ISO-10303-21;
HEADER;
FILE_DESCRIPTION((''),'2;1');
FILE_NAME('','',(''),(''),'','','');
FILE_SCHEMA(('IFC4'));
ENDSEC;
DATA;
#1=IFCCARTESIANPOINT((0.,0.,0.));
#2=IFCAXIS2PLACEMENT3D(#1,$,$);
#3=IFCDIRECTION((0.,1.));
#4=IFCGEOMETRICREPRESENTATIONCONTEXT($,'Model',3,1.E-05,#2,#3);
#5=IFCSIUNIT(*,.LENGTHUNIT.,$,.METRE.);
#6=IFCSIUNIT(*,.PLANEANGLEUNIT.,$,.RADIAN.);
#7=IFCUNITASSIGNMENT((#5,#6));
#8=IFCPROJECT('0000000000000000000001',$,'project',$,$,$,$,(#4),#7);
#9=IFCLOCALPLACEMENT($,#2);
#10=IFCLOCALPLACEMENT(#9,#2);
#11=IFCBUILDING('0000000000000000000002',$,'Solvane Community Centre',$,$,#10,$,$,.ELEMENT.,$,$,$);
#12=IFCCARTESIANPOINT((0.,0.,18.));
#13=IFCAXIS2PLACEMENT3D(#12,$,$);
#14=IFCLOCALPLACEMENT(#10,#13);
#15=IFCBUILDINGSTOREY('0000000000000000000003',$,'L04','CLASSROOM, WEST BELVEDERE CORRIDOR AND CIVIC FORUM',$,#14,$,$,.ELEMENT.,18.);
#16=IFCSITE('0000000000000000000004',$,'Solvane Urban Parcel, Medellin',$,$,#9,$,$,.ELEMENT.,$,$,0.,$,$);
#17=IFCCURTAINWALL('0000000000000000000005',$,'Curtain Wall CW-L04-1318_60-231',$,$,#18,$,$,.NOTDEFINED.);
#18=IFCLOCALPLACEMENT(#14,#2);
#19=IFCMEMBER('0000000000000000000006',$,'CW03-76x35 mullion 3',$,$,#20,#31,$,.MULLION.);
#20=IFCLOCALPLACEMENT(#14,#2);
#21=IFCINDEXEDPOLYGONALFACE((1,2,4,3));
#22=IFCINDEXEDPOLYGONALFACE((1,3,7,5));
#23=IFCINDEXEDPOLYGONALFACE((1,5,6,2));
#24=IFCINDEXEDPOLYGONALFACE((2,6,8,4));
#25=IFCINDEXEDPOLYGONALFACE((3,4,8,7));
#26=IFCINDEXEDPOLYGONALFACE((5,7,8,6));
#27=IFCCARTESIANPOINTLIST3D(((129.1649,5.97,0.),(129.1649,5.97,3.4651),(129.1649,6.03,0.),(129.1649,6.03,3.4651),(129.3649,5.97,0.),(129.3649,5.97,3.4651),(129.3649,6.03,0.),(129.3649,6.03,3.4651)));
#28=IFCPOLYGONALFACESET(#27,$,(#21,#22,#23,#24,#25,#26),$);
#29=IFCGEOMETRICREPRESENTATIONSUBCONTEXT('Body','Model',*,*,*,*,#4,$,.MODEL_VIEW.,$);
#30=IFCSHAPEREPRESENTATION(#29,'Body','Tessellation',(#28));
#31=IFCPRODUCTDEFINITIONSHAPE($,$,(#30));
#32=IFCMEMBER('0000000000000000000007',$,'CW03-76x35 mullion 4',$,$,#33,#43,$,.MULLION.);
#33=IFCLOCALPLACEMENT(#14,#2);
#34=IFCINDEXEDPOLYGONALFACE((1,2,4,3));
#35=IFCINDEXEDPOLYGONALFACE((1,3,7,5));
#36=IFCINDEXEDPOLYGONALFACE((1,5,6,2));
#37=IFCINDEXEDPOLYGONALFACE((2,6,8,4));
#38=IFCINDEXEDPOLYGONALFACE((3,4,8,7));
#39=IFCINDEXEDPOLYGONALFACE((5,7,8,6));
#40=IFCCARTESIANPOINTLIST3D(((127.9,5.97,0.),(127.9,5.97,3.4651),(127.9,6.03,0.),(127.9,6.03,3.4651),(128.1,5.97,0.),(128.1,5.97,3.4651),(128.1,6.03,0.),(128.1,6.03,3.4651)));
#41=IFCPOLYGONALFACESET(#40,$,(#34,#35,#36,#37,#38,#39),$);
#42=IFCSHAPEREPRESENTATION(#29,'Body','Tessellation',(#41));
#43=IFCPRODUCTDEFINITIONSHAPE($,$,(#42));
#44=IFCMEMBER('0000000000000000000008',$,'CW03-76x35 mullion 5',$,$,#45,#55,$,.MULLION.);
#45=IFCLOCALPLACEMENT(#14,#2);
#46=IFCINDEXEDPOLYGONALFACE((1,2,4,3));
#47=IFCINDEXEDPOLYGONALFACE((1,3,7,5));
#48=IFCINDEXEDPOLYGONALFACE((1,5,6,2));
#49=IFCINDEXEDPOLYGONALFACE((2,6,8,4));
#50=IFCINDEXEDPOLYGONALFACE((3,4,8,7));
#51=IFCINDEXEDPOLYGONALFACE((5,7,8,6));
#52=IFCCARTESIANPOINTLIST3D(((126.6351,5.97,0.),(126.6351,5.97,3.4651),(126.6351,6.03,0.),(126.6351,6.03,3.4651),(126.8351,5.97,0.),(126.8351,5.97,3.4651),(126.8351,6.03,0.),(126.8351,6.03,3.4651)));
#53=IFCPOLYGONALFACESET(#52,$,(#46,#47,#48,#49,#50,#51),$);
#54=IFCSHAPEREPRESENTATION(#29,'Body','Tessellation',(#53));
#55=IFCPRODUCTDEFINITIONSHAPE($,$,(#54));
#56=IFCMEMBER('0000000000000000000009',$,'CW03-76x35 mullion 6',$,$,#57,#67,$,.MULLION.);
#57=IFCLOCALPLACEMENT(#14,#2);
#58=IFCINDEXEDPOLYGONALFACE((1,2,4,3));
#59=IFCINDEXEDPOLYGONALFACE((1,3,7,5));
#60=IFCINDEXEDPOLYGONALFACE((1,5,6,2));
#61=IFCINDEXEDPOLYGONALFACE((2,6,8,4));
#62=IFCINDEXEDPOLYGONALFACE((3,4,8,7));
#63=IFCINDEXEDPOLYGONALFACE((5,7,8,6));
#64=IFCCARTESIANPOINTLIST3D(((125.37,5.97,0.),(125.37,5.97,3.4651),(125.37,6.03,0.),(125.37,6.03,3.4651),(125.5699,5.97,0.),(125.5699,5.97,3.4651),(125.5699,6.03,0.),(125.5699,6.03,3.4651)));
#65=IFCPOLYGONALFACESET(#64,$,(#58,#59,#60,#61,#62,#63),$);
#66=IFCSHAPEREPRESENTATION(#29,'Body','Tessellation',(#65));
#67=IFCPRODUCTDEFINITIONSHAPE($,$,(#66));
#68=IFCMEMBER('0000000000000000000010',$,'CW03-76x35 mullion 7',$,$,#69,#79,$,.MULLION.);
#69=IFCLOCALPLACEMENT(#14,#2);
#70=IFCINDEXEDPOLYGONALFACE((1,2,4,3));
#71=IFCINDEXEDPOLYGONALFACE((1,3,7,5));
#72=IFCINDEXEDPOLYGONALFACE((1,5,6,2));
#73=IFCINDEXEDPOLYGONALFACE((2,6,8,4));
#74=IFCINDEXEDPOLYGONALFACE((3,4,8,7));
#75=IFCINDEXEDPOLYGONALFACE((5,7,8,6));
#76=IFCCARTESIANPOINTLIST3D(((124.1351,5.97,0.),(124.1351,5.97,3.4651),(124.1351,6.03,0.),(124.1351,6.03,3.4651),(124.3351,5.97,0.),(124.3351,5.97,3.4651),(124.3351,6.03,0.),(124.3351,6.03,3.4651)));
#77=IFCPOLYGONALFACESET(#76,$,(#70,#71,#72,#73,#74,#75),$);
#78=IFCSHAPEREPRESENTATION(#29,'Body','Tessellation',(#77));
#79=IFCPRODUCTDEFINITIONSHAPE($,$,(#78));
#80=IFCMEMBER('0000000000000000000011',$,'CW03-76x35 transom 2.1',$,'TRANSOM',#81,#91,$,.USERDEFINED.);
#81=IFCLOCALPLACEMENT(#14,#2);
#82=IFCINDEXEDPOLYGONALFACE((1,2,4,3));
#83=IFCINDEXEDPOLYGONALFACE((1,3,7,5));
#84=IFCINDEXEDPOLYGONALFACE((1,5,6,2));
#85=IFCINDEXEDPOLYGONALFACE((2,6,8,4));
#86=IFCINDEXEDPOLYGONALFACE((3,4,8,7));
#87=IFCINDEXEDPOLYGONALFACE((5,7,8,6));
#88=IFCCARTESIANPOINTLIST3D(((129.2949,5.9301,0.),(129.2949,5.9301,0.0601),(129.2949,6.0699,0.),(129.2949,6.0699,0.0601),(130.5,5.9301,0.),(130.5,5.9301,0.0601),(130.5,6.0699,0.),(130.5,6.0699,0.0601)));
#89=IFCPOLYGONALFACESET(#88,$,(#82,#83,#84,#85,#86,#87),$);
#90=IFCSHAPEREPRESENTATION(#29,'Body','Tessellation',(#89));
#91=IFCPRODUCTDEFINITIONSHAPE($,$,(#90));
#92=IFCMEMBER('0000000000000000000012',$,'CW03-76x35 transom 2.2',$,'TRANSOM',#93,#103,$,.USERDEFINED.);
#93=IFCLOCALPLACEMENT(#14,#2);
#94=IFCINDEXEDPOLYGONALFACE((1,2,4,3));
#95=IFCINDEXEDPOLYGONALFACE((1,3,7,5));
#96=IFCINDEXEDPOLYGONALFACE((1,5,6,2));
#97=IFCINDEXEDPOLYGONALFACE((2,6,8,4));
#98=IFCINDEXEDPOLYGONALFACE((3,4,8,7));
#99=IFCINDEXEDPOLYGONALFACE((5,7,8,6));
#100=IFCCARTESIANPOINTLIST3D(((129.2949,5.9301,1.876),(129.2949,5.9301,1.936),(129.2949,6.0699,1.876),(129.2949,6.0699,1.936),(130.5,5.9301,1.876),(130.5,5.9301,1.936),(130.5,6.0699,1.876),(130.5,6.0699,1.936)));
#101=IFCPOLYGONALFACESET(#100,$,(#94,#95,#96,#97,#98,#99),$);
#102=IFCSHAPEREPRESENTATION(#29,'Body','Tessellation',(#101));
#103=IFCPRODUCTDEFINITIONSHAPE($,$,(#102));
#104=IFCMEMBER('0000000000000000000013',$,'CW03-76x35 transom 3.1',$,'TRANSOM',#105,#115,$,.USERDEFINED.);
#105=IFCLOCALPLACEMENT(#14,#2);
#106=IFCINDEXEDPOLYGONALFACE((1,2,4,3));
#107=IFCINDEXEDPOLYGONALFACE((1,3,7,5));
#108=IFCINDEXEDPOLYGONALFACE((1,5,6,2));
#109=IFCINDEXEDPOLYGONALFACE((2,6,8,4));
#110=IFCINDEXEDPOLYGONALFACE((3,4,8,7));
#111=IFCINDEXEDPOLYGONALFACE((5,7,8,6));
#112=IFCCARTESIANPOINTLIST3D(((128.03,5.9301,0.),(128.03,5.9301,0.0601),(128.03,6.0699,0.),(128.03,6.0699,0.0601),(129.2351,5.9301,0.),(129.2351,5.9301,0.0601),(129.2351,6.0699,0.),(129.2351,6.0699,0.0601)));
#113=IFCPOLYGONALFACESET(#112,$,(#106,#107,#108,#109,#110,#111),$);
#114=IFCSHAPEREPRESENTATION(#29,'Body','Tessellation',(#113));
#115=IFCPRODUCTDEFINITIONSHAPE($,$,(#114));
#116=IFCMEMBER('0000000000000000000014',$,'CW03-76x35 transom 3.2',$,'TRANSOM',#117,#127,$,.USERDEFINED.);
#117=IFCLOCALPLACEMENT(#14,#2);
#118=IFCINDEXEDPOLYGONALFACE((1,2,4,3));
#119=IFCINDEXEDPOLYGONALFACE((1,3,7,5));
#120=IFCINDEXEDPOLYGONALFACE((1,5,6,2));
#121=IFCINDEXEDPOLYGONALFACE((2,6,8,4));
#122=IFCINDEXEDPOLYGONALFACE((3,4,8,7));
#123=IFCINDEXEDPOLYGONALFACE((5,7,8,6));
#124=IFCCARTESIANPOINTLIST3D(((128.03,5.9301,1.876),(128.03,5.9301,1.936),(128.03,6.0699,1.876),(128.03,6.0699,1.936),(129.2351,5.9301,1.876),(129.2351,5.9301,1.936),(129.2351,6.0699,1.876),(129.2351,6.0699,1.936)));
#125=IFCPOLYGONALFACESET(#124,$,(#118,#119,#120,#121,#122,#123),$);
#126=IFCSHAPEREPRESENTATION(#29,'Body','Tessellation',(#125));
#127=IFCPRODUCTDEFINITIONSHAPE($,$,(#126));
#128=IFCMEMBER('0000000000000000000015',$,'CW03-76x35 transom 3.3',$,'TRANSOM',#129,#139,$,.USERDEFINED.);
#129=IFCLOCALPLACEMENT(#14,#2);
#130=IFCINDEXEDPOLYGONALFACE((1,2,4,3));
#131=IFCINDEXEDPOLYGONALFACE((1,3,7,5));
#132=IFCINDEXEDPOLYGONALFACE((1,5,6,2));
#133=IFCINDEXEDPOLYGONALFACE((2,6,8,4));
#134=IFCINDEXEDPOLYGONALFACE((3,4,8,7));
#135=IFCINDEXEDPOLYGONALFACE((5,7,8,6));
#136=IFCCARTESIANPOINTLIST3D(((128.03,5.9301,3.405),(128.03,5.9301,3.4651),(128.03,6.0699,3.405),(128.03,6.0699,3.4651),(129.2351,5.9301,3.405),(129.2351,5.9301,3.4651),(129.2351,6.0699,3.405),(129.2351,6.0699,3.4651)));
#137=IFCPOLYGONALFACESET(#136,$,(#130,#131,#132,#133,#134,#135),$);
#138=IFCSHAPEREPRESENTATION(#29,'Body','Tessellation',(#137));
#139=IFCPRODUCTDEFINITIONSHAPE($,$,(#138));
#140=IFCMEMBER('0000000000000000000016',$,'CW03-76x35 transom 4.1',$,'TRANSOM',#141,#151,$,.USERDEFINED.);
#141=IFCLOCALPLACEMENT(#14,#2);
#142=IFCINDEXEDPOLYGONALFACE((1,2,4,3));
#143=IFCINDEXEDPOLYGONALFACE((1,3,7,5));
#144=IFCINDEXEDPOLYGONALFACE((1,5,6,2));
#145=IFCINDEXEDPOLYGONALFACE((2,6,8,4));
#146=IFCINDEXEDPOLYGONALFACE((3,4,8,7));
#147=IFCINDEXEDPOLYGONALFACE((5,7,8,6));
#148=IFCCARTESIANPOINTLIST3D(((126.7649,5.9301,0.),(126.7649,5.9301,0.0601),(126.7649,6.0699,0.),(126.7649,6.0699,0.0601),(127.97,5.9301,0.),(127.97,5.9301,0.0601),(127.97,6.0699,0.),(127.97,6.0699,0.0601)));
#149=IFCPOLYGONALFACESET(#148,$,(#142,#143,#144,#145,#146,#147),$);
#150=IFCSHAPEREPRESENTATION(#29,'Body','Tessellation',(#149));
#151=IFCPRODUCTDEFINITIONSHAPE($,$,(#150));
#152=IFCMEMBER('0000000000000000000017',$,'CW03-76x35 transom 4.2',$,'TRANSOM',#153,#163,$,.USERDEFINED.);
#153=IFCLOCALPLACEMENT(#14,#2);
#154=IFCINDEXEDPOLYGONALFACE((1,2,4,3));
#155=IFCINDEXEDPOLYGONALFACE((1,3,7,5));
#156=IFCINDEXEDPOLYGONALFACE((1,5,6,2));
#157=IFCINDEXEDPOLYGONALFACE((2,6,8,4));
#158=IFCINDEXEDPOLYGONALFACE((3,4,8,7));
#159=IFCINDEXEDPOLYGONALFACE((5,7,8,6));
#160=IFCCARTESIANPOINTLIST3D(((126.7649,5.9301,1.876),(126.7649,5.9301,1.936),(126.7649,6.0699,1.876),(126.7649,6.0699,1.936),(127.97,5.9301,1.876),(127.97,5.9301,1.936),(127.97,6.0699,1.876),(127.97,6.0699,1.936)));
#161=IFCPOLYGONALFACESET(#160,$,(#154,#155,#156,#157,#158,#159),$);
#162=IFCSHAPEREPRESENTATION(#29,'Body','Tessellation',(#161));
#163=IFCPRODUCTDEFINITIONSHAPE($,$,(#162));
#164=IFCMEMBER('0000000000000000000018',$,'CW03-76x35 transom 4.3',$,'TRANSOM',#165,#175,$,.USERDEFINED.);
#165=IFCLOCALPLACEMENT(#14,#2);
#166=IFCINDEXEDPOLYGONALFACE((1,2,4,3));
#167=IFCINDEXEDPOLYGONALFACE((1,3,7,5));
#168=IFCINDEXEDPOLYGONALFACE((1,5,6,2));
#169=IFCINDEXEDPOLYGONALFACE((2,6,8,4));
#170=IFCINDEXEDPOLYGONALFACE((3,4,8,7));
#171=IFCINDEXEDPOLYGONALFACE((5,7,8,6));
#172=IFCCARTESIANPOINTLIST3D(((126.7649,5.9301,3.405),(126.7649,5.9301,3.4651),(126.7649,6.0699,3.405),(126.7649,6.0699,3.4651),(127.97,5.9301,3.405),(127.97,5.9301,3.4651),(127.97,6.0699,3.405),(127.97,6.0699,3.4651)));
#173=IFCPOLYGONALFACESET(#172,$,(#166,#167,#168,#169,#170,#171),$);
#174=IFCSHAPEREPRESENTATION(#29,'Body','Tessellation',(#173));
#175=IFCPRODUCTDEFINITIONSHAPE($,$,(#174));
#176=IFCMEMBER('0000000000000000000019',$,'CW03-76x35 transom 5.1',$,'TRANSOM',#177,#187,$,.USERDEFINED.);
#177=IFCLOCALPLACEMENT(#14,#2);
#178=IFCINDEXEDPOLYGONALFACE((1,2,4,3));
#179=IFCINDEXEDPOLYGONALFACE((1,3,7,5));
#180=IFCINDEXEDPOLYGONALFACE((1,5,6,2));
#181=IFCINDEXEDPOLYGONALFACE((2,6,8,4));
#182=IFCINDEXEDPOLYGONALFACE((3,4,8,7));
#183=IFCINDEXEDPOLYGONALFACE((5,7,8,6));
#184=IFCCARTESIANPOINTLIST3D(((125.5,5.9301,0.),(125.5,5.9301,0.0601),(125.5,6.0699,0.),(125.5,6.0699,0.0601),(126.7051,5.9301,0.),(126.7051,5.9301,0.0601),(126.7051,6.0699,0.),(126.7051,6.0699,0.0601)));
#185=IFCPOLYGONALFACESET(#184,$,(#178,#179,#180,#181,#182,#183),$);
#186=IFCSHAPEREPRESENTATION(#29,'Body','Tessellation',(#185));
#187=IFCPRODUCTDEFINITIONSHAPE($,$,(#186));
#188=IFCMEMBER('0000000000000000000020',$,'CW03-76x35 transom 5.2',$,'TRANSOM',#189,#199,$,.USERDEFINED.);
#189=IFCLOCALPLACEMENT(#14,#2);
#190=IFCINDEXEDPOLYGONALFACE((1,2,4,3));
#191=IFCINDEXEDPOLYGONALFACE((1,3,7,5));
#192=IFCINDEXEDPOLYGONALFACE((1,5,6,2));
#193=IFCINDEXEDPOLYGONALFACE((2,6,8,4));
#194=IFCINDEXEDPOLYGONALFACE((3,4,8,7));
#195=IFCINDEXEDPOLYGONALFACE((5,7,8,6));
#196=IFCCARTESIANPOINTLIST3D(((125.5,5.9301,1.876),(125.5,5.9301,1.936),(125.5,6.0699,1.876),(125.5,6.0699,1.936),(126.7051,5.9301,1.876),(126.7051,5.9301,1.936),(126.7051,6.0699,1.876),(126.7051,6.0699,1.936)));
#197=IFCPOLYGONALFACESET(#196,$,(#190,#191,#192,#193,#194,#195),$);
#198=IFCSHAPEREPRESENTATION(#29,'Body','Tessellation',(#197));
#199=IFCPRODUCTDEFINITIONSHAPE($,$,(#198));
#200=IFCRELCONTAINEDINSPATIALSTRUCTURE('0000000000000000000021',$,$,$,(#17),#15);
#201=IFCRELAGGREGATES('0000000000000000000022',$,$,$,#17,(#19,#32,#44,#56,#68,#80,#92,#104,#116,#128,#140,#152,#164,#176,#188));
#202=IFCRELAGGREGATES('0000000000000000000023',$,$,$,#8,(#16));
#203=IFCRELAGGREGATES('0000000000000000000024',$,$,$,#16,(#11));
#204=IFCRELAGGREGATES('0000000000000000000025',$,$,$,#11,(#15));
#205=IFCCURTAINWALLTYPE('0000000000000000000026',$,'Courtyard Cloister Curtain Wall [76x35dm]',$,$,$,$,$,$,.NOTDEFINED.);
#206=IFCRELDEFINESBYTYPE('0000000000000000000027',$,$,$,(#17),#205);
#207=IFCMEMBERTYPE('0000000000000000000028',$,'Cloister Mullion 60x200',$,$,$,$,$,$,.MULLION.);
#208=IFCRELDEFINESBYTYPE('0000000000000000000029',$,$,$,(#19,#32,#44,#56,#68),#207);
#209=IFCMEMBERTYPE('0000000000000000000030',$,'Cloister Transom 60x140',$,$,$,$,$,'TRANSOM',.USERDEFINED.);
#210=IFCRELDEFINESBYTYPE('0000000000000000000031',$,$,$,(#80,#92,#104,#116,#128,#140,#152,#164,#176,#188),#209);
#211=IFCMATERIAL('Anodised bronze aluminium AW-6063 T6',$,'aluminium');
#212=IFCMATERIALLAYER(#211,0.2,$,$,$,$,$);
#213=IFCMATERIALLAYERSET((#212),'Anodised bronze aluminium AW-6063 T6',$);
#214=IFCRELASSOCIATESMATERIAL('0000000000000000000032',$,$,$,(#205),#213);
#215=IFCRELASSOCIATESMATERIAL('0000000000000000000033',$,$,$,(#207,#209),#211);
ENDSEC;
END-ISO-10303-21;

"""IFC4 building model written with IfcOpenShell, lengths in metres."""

from ifc_helpers import new_model, si_unit, direction, frame, origin, origin_2d, place, context, subcontext, project, spatial, rectangle, extrude, material, layer, layer_set, material_profile, profile_set, type_object, element, aggregate, save


model = new_model("IFC4")

# Units and contexts
model_context = context("Model", 3, precision=1e-05, world=origin(), true_north=direction((0.0, 1.0)))
body_context = subcontext(model_context, "Body", "Model", "MODEL_VIEW")
ifc_project = project(units=[si_unit("LENGTHUNIT", "METRE"), si_unit("PLANEANGLEUNIT", "RADIAN")], contexts=[model_context])

# Site, building, storey
site_placement = place(None, origin())
site = spatial("IfcSite", under=ifc_project, at=site_placement, Name="Solvane Urban Parcel, Medellin", CompositionType="ELEMENT", RefElevation=0.0)
building_placement = place(site_placement, origin())
building = spatial("IfcBuilding", under=site, at=building_placement, Name="Solvane Community Centre", CompositionType="ELEMENT")
storey_placement = place(building_placement, frame((0.0, 0.0, 18.0)))
storey = spatial("IfcBuildingStorey", under=building, at=storey_placement, Name="L04", Description="CLASSROOM, WEST BELVEDERE CORRIDOR AND CIVIC FORUM", CompositionType="ELEMENT", Elevation=18.0)

# Curtain wall, members
ifc_material_1 = material(Name="Anodised bronze aluminium AW-6063 T6", Category="aluminium")
ifc_layer_1 = layer(ifc_material_1, 0.2)
ifc_layer_set_1 = layer_set([ifc_layer_1], Name="Anodised bronze aluminium AW-6063 T6")
curtain_wall_type = type_object("IfcCurtainWallType", Name="Courtyard Cloister Curtain Wall [76x35dm]", PredefinedType="NOTDEFINED", material=ifc_layer_set_1)
curtain_wall_placement = place(storey_placement, origin())
curtain_wall = element("IfcCurtainWall", 1, at=curtain_wall_placement, inside=storey, type_object=curtain_wall_type, Name="Curtain Wall CW-L04-1318_60-231", PredefinedType="NOTDEFINED")
ifc_material_profile_1 = material_profile(ifc_material_1, rectangle(XDim=0.0601, YDim=0.2, at=origin_2d()), Name="CW-M 60x200")
ifc_profile_set_1 = profile_set([ifc_material_profile_1], Name="Anodised bronze aluminium AW-6063 T6")
member_type_1 = type_object("IfcMemberType", Name="Cloister Mullion 60x200", PredefinedType="MULLION", material=ifc_profile_set_1)
member_1_placement = place(storey_placement, frame((129.2649, 6.0, 0.0), z_axis=(0.0, 0.0, 1.0), x_axis=(0.0, -1.0, 0.0)))
member_1 = element("IfcMember", 2, at=member_1_placement, type_object=member_type_1, Name="CW03-76x35 mullion 3", PredefinedType="MULLION", context=body_context, shape_type="SweptSolid", body=[
    extrude(rectangle(XDim=0.0601, YDim=0.2, at=origin_2d()), origin(), (0.0, 0.0, 1.0), 3.4651),
])
member_2_placement = place(storey_placement, frame((128.0, 6.0, 0.0), z_axis=(0.0, 0.0, 1.0), x_axis=(0.0, -1.0, 0.0)))
member_2 = element("IfcMember", 3, at=member_2_placement, type_object=member_type_1, Name="CW03-76x35 mullion 4", PredefinedType="MULLION", context=body_context, shape_type="SweptSolid", body=[
    extrude(rectangle(XDim=0.0601, YDim=0.2, at=origin_2d()), origin(), (0.0, 0.0, 1.0), 3.4651),
])
member_3_placement = place(storey_placement, frame((126.7351, 6.0, 0.0), z_axis=(0.0, 0.0, 1.0), x_axis=(0.0, -1.0, 0.0)))
member_3 = element("IfcMember", 4, at=member_3_placement, type_object=member_type_1, Name="CW03-76x35 mullion 5", PredefinedType="MULLION", context=body_context, shape_type="SweptSolid", body=[
    extrude(rectangle(XDim=0.0601, YDim=0.2, at=origin_2d()), origin(), (0.0, 0.0, 1.0), 3.4651),
])
member_4_placement = place(storey_placement, frame((125.47, 6.0, 0.0), z_axis=(0.0, 0.0, 1.0), x_axis=(0.0, -1.0, 0.0)))
member_4 = element("IfcMember", 5, at=member_4_placement, type_object=member_type_1, Name="CW03-76x35 mullion 6", PredefinedType="MULLION", context=body_context, shape_type="SweptSolid", body=[
    extrude(rectangle(XDim=0.0601, YDim=0.2, at=origin_2d()), origin(), (0.0, 0.0, 1.0), 3.4651),
])
member_5_placement = place(storey_placement, frame((124.2351, 6.0, 0.0), z_axis=(0.0, 0.0, 1.0), x_axis=(0.0, -1.0, 0.0)))
member_5 = element("IfcMember", 6, at=member_5_placement, type_object=member_type_1, Name="CW03-76x35 mullion 7", PredefinedType="MULLION", context=body_context, shape_type="SweptSolid", body=[
    extrude(rectangle(XDim=0.0601, YDim=0.2, at=origin_2d()), origin(), (0.0, 0.0, 1.0), 3.4651),
])
ifc_material_profile_2 = material_profile(ifc_material_1, rectangle(XDim=0.1399, YDim=0.0601, at=origin_2d()), Name="CW-T 60x140")
ifc_profile_set_2 = profile_set([ifc_material_profile_2], Name="Anodised bronze aluminium AW-6063 T6")
member_type_2 = type_object("IfcMemberType", Name="Cloister Transom 60x140", ElementType="TRANSOM", PredefinedType="USERDEFINED", material=ifc_profile_set_2)
member_6_placement = place(storey_placement, frame((130.5, 6.0, 0.03), z_axis=(-1.0, 0.0, 0.0), x_axis=(0.0, -1.0, 0.0)))
member_6 = element("IfcMember", 7, at=member_6_placement, type_object=member_type_2, Name="CW03-76x35 transom 2.1", ObjectType="TRANSOM", PredefinedType="USERDEFINED", context=body_context, shape_type="SweptSolid", body=[
    extrude(rectangle(XDim=0.1399, YDim=0.0601, at=origin_2d()), origin(), (0.0, 0.0, 1.0), 1.2051),
])
member_7_placement = place(storey_placement, frame((130.5, 6.0, 1.906), z_axis=(-1.0, 0.0, 0.0), x_axis=(0.0, -1.0, 0.0)))
member_7 = element("IfcMember", 8, at=member_7_placement, type_object=member_type_2, Name="CW03-76x35 transom 2.2", ObjectType="TRANSOM", PredefinedType="USERDEFINED", context=body_context, shape_type="SweptSolid", body=[
    extrude(rectangle(XDim=0.1399, YDim=0.0601, at=origin_2d()), origin(), (0.0, 0.0, 1.0), 1.2051),
])
member_8_placement = place(storey_placement, frame((129.2351, 6.0, 0.03), z_axis=(-1.0, 0.0, 0.0), x_axis=(0.0, -1.0, 0.0)))
member_8 = element("IfcMember", 9, at=member_8_placement, type_object=member_type_2, Name="CW03-76x35 transom 3.1", ObjectType="TRANSOM", PredefinedType="USERDEFINED", context=body_context, shape_type="SweptSolid", body=[
    extrude(rectangle(XDim=0.1399, YDim=0.0601, at=origin_2d()), origin(), (0.0, 0.0, 1.0), 1.2051),
])
member_9_placement = place(storey_placement, frame((129.2351, 6.0, 1.906), z_axis=(-1.0, 0.0, 0.0), x_axis=(0.0, -1.0, 0.0)))
member_9 = element("IfcMember", 10, at=member_9_placement, type_object=member_type_2, Name="CW03-76x35 transom 3.2", ObjectType="TRANSOM", PredefinedType="USERDEFINED", context=body_context, shape_type="SweptSolid", body=[
    extrude(rectangle(XDim=0.1399, YDim=0.0601, at=origin_2d()), origin(), (0.0, 0.0, 1.0), 1.2051),
])
member_10_placement = place(storey_placement, frame((129.2351, 6.0, 3.4351), z_axis=(-1.0, 0.0, 0.0), x_axis=(0.0, -1.0, 0.0)))
member_10 = element("IfcMember", 11, at=member_10_placement, type_object=member_type_2, Name="CW03-76x35 transom 3.3", ObjectType="TRANSOM", PredefinedType="USERDEFINED", context=body_context, shape_type="SweptSolid", body=[
    extrude(rectangle(XDim=0.1399, YDim=0.0601, at=origin_2d()), origin(), (0.0, 0.0, 1.0), 1.2051),
])
member_11_placement = place(storey_placement, frame((127.97, 6.0, 0.03), z_axis=(-1.0, 0.0, 0.0), x_axis=(0.0, -1.0, 0.0)))
member_11 = element("IfcMember", 12, at=member_11_placement, type_object=member_type_2, Name="CW03-76x35 transom 4.1", ObjectType="TRANSOM", PredefinedType="USERDEFINED", context=body_context, shape_type="SweptSolid", body=[
    extrude(rectangle(XDim=0.1399, YDim=0.0601, at=origin_2d()), origin(), (0.0, 0.0, 1.0), 1.2051),
])
member_12_placement = place(storey_placement, frame((127.97, 6.0, 1.906), z_axis=(-1.0, 0.0, 0.0), x_axis=(0.0, -1.0, 0.0)))
member_12 = element("IfcMember", 13, at=member_12_placement, type_object=member_type_2, Name="CW03-76x35 transom 4.2", ObjectType="TRANSOM", PredefinedType="USERDEFINED", context=body_context, shape_type="SweptSolid", body=[
    extrude(rectangle(XDim=0.1399, YDim=0.0601, at=origin_2d()), origin(), (0.0, 0.0, 1.0), 1.2051),
])
member_13_placement = place(storey_placement, frame((127.97, 6.0, 3.4351), z_axis=(-1.0, 0.0, 0.0), x_axis=(0.0, -1.0, 0.0)))
member_13 = element("IfcMember", 14, at=member_13_placement, type_object=member_type_2, Name="CW03-76x35 transom 4.3", ObjectType="TRANSOM", PredefinedType="USERDEFINED", context=body_context, shape_type="SweptSolid", body=[
    extrude(rectangle(XDim=0.1399, YDim=0.0601, at=origin_2d()), origin(), (0.0, 0.0, 1.0), 1.2051),
])
member_14_placement = place(storey_placement, frame((126.7051, 6.0, 0.03), z_axis=(-1.0, 0.0, 0.0), x_axis=(0.0, -1.0, 0.0)))
member_14 = element("IfcMember", 15, at=member_14_placement, type_object=member_type_2, Name="CW03-76x35 transom 5.1", ObjectType="TRANSOM", PredefinedType="USERDEFINED", context=body_context, shape_type="SweptSolid", body=[
    extrude(rectangle(XDim=0.1399, YDim=0.0601, at=origin_2d()), origin(), (0.0, 0.0, 1.0), 1.2051),
])
member_15_placement = place(storey_placement, frame((126.7051, 6.0, 1.906), z_axis=(-1.0, 0.0, 0.0), x_axis=(0.0, -1.0, 0.0)))
member_15 = element("IfcMember", 16, at=member_15_placement, type_object=member_type_2, Name="CW03-76x35 transom 5.2", ObjectType="TRANSOM", PredefinedType="USERDEFINED", context=body_context, shape_type="SweptSolid", body=[
    extrude(rectangle(XDim=0.1399, YDim=0.0601, at=origin_2d()), origin(), (0.0, 0.0, 1.0), 1.2051),
])

aggregate(curtain_wall, [member_1, member_2, member_3, member_4, member_5, member_6, member_7, member_8, member_9, member_10, member_11, member_12, member_13, member_14, member_15])

save(model, "model.ifc")
